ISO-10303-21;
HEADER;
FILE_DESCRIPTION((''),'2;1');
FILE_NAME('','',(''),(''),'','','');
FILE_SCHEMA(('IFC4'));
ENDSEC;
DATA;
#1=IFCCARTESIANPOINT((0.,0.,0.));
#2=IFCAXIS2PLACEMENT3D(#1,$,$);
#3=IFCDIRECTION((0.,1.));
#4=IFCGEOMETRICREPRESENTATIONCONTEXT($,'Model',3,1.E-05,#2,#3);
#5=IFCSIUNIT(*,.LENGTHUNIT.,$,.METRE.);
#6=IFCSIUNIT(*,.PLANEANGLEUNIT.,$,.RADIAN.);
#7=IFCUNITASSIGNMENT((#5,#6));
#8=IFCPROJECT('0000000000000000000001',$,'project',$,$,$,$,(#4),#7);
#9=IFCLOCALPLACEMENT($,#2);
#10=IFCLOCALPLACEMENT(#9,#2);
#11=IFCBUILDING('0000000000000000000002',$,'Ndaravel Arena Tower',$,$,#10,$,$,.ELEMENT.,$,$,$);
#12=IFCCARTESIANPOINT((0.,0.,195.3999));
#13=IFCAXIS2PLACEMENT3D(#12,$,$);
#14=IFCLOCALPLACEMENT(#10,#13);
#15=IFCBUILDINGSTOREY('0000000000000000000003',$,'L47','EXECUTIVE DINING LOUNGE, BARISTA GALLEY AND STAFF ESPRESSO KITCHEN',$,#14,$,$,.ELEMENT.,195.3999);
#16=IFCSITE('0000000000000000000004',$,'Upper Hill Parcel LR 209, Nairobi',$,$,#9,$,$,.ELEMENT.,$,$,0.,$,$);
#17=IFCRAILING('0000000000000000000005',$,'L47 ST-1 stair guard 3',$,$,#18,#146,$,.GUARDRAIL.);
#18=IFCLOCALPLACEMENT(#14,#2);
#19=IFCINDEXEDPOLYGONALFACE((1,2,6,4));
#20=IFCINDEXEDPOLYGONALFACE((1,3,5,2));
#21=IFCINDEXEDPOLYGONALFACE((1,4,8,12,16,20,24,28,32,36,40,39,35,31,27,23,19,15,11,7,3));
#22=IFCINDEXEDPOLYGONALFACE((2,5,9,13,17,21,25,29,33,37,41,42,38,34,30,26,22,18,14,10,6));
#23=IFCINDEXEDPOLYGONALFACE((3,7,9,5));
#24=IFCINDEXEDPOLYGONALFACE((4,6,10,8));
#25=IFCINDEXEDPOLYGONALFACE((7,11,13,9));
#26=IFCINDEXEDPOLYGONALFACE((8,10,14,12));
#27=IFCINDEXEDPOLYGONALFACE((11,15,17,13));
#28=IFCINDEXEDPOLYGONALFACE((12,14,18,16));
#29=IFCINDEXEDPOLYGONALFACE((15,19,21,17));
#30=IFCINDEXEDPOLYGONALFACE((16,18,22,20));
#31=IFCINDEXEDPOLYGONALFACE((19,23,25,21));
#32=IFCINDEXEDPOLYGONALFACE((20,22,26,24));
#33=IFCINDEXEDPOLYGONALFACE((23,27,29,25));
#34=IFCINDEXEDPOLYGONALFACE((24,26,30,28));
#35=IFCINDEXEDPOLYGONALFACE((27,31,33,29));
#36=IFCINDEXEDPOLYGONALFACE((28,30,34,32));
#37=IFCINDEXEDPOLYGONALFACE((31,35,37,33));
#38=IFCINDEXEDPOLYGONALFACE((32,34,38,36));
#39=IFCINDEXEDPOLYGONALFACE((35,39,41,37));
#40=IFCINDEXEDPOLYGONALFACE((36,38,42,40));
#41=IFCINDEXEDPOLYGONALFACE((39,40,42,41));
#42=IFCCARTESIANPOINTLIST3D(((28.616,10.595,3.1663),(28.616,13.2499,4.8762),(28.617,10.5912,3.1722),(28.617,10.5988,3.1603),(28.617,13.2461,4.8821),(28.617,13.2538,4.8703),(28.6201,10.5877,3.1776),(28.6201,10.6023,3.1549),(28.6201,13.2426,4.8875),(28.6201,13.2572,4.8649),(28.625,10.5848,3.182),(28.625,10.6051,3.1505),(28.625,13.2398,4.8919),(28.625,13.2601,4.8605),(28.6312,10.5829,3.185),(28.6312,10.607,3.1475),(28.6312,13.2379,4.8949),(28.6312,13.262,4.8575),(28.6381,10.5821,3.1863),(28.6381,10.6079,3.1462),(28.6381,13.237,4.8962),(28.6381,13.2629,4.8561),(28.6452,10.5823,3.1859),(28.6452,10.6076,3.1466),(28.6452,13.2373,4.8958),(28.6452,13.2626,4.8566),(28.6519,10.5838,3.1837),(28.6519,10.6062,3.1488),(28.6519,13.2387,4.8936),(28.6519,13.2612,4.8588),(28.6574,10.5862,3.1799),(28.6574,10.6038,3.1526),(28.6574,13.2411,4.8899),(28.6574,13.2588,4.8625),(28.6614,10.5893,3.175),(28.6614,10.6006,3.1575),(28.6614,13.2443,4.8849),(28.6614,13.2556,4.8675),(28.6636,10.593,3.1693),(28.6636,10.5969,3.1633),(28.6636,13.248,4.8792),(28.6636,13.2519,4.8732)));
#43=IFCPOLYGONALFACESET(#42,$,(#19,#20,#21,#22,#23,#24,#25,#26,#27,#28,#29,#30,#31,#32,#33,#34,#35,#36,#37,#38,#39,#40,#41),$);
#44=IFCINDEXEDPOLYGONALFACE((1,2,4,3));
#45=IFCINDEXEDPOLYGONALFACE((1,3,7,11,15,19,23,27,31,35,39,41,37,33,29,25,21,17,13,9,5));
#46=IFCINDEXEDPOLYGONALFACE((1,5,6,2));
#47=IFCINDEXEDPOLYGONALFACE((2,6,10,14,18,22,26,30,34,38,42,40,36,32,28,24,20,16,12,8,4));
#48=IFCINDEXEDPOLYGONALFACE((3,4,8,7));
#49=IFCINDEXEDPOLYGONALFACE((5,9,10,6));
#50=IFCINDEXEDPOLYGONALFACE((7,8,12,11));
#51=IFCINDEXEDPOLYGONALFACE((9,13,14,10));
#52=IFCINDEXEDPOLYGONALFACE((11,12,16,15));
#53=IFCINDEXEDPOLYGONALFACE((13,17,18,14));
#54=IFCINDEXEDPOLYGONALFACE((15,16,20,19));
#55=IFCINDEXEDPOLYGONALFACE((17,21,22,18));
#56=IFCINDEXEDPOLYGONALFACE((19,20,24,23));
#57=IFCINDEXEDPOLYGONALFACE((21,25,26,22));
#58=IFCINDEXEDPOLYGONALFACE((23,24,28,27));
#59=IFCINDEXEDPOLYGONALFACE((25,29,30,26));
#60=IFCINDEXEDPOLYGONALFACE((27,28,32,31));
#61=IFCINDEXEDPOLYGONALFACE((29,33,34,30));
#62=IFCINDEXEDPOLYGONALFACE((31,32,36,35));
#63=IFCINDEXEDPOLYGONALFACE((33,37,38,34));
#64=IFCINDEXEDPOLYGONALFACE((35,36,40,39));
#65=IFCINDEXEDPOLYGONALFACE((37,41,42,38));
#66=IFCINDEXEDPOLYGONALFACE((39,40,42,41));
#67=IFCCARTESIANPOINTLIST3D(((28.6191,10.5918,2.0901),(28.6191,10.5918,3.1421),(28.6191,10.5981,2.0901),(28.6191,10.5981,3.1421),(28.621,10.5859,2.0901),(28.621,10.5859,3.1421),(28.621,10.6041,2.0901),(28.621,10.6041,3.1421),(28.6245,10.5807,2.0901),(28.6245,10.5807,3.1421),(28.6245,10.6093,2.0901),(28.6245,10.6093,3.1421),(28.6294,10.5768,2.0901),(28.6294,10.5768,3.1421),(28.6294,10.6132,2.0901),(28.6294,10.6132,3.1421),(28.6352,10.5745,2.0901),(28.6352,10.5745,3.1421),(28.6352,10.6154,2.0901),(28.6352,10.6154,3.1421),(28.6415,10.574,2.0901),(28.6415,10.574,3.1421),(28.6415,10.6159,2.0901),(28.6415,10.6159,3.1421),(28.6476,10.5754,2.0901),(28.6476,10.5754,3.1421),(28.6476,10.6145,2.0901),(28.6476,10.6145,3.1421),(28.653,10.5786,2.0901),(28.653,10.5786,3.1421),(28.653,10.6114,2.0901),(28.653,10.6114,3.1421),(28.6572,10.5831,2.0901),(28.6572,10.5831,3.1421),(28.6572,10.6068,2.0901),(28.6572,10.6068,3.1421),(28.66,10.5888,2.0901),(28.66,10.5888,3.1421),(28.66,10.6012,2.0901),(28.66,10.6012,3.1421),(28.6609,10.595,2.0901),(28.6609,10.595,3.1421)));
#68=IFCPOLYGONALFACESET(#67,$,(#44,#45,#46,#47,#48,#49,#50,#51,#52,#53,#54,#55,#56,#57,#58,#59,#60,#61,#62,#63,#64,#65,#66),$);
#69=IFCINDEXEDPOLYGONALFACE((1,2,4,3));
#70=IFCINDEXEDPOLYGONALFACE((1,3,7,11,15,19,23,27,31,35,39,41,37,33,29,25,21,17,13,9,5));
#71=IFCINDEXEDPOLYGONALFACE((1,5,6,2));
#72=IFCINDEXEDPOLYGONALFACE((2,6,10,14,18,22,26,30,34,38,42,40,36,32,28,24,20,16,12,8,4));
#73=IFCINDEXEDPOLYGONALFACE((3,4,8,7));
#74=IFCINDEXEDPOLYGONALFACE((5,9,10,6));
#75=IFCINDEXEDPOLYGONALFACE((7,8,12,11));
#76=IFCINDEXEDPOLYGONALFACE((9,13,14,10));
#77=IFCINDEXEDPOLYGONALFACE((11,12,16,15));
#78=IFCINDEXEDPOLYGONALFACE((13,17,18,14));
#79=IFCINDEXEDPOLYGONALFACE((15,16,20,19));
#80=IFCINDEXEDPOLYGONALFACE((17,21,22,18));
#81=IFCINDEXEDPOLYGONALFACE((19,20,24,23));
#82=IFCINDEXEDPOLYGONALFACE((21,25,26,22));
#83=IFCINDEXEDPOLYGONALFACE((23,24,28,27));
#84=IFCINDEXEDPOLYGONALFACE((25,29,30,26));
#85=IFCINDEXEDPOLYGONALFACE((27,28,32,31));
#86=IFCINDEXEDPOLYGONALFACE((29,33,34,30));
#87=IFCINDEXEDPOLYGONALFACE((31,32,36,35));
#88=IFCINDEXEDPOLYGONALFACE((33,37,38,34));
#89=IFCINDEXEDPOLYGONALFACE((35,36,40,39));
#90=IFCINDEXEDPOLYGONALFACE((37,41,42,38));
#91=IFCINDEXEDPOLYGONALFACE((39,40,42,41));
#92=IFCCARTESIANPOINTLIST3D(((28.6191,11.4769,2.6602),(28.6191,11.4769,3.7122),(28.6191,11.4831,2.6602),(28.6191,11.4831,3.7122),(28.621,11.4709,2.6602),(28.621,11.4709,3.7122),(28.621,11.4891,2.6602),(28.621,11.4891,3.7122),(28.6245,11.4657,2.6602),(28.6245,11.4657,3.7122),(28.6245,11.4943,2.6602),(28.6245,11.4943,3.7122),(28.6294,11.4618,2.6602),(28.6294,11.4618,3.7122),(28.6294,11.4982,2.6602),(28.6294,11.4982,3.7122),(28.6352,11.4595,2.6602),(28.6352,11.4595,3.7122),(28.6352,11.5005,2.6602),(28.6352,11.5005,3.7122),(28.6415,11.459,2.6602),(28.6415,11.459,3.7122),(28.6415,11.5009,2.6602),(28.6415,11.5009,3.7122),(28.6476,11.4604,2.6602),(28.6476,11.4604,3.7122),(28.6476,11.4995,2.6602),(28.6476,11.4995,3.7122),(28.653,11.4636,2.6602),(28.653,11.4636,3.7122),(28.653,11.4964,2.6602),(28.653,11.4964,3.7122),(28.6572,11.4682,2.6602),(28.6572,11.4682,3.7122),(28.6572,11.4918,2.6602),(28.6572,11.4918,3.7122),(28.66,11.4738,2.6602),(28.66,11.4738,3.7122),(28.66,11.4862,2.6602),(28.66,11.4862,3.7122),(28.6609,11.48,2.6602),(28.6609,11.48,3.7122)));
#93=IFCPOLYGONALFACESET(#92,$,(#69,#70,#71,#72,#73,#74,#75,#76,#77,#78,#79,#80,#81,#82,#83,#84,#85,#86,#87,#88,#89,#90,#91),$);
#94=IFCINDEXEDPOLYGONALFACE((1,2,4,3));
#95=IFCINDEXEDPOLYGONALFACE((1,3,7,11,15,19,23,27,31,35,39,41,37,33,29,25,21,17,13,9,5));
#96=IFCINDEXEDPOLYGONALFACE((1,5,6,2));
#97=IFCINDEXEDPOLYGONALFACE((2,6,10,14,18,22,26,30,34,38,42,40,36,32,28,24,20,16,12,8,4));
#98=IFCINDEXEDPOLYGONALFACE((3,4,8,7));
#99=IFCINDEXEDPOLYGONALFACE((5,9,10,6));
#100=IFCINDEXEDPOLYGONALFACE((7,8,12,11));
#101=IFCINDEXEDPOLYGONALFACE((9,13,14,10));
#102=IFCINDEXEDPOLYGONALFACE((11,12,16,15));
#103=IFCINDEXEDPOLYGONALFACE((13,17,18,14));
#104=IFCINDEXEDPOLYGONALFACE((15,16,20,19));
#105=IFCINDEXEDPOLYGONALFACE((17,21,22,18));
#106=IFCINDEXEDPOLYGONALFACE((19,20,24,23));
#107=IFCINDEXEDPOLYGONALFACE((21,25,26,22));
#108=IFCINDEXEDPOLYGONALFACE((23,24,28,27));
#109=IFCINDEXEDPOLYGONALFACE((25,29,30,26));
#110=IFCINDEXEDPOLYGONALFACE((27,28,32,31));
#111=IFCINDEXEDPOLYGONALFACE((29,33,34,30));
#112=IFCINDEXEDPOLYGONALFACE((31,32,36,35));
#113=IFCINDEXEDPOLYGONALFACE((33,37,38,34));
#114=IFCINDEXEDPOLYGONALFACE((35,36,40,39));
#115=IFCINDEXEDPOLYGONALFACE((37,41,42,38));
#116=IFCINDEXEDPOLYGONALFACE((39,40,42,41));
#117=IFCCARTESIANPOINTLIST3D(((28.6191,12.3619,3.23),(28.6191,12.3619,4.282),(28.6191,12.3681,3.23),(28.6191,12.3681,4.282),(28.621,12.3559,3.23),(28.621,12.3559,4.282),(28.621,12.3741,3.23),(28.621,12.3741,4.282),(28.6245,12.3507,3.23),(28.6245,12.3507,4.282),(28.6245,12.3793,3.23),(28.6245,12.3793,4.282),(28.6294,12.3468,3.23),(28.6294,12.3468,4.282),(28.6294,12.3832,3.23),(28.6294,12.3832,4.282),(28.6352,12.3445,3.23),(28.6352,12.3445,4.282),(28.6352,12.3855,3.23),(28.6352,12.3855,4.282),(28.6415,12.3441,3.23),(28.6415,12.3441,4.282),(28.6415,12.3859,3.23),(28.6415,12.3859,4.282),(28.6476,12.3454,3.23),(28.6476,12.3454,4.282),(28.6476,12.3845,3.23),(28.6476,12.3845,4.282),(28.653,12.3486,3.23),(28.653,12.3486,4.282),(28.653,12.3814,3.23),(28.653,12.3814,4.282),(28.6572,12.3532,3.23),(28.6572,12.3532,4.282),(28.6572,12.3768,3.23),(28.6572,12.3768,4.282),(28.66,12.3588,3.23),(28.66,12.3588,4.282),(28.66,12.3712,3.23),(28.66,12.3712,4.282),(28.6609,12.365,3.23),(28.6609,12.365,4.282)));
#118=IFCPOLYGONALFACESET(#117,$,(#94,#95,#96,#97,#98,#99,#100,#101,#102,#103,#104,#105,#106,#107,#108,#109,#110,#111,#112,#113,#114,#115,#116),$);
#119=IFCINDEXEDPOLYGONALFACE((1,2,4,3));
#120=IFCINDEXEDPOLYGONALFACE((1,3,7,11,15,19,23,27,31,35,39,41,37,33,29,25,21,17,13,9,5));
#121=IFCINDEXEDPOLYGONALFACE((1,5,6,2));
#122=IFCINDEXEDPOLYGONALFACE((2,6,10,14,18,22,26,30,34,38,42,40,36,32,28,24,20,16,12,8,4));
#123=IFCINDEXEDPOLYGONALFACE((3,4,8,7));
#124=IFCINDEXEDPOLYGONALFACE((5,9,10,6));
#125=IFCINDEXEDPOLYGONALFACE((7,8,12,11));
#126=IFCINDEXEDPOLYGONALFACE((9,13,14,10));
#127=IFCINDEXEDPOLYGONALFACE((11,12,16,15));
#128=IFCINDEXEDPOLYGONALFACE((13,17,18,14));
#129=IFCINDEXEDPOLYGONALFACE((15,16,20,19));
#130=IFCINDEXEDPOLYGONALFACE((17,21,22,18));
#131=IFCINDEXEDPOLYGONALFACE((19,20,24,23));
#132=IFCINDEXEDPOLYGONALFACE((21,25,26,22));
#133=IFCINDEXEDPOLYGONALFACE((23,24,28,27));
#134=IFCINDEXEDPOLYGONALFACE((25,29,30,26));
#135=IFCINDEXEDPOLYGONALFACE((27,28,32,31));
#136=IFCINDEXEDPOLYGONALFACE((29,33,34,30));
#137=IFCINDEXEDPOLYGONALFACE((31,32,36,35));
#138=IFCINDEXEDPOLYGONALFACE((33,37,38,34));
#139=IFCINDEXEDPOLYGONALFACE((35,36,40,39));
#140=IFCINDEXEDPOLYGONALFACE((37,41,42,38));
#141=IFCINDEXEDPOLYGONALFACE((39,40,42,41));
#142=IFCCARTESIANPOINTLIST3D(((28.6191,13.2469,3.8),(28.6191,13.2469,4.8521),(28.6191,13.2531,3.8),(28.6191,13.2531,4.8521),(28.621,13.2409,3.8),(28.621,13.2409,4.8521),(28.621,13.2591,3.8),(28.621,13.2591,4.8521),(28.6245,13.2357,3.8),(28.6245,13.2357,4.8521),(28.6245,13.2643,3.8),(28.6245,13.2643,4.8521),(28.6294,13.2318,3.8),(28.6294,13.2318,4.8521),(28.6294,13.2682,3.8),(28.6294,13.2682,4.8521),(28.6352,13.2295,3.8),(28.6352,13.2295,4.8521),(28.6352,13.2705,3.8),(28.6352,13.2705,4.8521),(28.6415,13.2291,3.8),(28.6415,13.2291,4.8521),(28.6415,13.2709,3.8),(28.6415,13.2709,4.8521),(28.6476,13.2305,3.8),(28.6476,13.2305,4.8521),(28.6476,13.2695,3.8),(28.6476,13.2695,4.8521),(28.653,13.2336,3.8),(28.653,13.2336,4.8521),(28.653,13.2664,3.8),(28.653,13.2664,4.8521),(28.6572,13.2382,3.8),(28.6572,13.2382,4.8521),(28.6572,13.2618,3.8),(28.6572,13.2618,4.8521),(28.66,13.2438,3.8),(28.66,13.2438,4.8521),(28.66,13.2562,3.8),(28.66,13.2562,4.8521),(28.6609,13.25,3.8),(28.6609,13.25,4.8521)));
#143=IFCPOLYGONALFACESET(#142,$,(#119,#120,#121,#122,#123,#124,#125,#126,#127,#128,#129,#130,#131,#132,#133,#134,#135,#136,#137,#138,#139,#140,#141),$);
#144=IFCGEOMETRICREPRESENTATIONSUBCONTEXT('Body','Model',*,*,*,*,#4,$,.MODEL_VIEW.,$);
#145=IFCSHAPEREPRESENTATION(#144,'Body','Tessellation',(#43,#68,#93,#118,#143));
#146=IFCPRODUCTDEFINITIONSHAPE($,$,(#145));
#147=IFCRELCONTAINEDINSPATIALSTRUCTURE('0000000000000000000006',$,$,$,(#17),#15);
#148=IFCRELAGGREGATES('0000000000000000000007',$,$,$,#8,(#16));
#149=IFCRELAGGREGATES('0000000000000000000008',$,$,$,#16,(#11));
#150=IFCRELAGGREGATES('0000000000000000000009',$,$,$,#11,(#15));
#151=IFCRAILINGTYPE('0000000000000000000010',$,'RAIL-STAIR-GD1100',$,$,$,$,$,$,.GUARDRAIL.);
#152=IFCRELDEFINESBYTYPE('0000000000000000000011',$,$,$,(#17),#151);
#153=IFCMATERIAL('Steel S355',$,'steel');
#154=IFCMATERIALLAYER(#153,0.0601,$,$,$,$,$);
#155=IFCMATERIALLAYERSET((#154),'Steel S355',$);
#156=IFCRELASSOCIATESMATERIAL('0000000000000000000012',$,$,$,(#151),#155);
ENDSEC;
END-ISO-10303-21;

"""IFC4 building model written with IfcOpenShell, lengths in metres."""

from ifc_helpers import new_model, si_unit, direction, frame, origin, origin_2d, place, context, subcontext, project, spatial, circle, extrude, material, layer, layer_set, type_object, element, save


model = new_model("IFC4")

# Units and contexts
model_context = context("Model", 3, precision=1e-05, world=origin(), true_north=direction((0.0, 1.0)))
body_context = subcontext(model_context, "Body", "Model", "MODEL_VIEW")
ifc_project = project(units=[si_unit("LENGTHUNIT", "METRE"), si_unit("PLANEANGLEUNIT", "RADIAN")], contexts=[model_context])

# Site, building, storey
site_placement = place(None, origin())
site = spatial("IfcSite", under=ifc_project, at=site_placement, Name="Upper Hill Parcel LR 209, Nairobi", CompositionType="ELEMENT", RefElevation=0.0)
building_placement = place(site_placement, origin())
building = spatial("IfcBuilding", under=site, at=building_placement, Name="Ndaravel Arena Tower", CompositionType="ELEMENT")
storey_placement = place(building_placement, frame((0.0, 0.0, 195.3999)))
storey = spatial("IfcBuildingStorey", under=building, at=storey_placement, Name="L47", Description="EXECUTIVE DINING LOUNGE, BARISTA GALLEY AND STAFF ESPRESSO KITCHEN", CompositionType="ELEMENT", Elevation=195.3999)

# Railing
ifc_material_1 = material(Name="Steel S355", Category="steel")
ifc_layer_1 = layer(ifc_material_1, 0.0601)
ifc_layer_set_1 = layer_set([ifc_layer_1], Name="Steel S355")
railing_type_1 = type_object("IfcRailingType", Name="RAIL-STAIR-GD1100", PredefinedType="GUARDRAIL", material=ifc_layer_set_1)
railing_1_placement = place(storey_placement, frame((28.6399, 10.595, 2.0901)))
element("IfcRailing", 1, at=railing_1_placement, inside=storey, type_object=railing_type_1, Name="L47 ST-1 stair guard 3", PredefinedType="GUARDRAIL", context=body_context, shape_type="SweptSolid", body=[
    extrude(circle(Radius=0.0239, at=origin_2d()), frame((0.0, 0.0, 1.0762), z_axis=(0.0, 0.840724, 0.541465), x_axis=(-1.0, 0.0, 0.0)), (0.0, 0.0, 1.0), 3.158),
    extrude(circle(Radius=0.021, at=origin_2d()), origin(), (0.0, 0.0, 1.0), 1.052),
    extrude(circle(Radius=0.021, at=origin_2d()), frame((0.0, 0.885, 0.5701)), (0.0, 0.0, 1.0), 1.052),
    extrude(circle(Radius=0.021, at=origin_2d()), frame((0.0, 1.77, 1.1399)), (0.0, 0.0, 1.0), 1.052),
    extrude(circle(Radius=0.021, at=origin_2d()), frame((0.0, 2.655, 1.71)), (0.0, 0.0, 1.0), 1.052),
])

save(model, "model.ifc")
